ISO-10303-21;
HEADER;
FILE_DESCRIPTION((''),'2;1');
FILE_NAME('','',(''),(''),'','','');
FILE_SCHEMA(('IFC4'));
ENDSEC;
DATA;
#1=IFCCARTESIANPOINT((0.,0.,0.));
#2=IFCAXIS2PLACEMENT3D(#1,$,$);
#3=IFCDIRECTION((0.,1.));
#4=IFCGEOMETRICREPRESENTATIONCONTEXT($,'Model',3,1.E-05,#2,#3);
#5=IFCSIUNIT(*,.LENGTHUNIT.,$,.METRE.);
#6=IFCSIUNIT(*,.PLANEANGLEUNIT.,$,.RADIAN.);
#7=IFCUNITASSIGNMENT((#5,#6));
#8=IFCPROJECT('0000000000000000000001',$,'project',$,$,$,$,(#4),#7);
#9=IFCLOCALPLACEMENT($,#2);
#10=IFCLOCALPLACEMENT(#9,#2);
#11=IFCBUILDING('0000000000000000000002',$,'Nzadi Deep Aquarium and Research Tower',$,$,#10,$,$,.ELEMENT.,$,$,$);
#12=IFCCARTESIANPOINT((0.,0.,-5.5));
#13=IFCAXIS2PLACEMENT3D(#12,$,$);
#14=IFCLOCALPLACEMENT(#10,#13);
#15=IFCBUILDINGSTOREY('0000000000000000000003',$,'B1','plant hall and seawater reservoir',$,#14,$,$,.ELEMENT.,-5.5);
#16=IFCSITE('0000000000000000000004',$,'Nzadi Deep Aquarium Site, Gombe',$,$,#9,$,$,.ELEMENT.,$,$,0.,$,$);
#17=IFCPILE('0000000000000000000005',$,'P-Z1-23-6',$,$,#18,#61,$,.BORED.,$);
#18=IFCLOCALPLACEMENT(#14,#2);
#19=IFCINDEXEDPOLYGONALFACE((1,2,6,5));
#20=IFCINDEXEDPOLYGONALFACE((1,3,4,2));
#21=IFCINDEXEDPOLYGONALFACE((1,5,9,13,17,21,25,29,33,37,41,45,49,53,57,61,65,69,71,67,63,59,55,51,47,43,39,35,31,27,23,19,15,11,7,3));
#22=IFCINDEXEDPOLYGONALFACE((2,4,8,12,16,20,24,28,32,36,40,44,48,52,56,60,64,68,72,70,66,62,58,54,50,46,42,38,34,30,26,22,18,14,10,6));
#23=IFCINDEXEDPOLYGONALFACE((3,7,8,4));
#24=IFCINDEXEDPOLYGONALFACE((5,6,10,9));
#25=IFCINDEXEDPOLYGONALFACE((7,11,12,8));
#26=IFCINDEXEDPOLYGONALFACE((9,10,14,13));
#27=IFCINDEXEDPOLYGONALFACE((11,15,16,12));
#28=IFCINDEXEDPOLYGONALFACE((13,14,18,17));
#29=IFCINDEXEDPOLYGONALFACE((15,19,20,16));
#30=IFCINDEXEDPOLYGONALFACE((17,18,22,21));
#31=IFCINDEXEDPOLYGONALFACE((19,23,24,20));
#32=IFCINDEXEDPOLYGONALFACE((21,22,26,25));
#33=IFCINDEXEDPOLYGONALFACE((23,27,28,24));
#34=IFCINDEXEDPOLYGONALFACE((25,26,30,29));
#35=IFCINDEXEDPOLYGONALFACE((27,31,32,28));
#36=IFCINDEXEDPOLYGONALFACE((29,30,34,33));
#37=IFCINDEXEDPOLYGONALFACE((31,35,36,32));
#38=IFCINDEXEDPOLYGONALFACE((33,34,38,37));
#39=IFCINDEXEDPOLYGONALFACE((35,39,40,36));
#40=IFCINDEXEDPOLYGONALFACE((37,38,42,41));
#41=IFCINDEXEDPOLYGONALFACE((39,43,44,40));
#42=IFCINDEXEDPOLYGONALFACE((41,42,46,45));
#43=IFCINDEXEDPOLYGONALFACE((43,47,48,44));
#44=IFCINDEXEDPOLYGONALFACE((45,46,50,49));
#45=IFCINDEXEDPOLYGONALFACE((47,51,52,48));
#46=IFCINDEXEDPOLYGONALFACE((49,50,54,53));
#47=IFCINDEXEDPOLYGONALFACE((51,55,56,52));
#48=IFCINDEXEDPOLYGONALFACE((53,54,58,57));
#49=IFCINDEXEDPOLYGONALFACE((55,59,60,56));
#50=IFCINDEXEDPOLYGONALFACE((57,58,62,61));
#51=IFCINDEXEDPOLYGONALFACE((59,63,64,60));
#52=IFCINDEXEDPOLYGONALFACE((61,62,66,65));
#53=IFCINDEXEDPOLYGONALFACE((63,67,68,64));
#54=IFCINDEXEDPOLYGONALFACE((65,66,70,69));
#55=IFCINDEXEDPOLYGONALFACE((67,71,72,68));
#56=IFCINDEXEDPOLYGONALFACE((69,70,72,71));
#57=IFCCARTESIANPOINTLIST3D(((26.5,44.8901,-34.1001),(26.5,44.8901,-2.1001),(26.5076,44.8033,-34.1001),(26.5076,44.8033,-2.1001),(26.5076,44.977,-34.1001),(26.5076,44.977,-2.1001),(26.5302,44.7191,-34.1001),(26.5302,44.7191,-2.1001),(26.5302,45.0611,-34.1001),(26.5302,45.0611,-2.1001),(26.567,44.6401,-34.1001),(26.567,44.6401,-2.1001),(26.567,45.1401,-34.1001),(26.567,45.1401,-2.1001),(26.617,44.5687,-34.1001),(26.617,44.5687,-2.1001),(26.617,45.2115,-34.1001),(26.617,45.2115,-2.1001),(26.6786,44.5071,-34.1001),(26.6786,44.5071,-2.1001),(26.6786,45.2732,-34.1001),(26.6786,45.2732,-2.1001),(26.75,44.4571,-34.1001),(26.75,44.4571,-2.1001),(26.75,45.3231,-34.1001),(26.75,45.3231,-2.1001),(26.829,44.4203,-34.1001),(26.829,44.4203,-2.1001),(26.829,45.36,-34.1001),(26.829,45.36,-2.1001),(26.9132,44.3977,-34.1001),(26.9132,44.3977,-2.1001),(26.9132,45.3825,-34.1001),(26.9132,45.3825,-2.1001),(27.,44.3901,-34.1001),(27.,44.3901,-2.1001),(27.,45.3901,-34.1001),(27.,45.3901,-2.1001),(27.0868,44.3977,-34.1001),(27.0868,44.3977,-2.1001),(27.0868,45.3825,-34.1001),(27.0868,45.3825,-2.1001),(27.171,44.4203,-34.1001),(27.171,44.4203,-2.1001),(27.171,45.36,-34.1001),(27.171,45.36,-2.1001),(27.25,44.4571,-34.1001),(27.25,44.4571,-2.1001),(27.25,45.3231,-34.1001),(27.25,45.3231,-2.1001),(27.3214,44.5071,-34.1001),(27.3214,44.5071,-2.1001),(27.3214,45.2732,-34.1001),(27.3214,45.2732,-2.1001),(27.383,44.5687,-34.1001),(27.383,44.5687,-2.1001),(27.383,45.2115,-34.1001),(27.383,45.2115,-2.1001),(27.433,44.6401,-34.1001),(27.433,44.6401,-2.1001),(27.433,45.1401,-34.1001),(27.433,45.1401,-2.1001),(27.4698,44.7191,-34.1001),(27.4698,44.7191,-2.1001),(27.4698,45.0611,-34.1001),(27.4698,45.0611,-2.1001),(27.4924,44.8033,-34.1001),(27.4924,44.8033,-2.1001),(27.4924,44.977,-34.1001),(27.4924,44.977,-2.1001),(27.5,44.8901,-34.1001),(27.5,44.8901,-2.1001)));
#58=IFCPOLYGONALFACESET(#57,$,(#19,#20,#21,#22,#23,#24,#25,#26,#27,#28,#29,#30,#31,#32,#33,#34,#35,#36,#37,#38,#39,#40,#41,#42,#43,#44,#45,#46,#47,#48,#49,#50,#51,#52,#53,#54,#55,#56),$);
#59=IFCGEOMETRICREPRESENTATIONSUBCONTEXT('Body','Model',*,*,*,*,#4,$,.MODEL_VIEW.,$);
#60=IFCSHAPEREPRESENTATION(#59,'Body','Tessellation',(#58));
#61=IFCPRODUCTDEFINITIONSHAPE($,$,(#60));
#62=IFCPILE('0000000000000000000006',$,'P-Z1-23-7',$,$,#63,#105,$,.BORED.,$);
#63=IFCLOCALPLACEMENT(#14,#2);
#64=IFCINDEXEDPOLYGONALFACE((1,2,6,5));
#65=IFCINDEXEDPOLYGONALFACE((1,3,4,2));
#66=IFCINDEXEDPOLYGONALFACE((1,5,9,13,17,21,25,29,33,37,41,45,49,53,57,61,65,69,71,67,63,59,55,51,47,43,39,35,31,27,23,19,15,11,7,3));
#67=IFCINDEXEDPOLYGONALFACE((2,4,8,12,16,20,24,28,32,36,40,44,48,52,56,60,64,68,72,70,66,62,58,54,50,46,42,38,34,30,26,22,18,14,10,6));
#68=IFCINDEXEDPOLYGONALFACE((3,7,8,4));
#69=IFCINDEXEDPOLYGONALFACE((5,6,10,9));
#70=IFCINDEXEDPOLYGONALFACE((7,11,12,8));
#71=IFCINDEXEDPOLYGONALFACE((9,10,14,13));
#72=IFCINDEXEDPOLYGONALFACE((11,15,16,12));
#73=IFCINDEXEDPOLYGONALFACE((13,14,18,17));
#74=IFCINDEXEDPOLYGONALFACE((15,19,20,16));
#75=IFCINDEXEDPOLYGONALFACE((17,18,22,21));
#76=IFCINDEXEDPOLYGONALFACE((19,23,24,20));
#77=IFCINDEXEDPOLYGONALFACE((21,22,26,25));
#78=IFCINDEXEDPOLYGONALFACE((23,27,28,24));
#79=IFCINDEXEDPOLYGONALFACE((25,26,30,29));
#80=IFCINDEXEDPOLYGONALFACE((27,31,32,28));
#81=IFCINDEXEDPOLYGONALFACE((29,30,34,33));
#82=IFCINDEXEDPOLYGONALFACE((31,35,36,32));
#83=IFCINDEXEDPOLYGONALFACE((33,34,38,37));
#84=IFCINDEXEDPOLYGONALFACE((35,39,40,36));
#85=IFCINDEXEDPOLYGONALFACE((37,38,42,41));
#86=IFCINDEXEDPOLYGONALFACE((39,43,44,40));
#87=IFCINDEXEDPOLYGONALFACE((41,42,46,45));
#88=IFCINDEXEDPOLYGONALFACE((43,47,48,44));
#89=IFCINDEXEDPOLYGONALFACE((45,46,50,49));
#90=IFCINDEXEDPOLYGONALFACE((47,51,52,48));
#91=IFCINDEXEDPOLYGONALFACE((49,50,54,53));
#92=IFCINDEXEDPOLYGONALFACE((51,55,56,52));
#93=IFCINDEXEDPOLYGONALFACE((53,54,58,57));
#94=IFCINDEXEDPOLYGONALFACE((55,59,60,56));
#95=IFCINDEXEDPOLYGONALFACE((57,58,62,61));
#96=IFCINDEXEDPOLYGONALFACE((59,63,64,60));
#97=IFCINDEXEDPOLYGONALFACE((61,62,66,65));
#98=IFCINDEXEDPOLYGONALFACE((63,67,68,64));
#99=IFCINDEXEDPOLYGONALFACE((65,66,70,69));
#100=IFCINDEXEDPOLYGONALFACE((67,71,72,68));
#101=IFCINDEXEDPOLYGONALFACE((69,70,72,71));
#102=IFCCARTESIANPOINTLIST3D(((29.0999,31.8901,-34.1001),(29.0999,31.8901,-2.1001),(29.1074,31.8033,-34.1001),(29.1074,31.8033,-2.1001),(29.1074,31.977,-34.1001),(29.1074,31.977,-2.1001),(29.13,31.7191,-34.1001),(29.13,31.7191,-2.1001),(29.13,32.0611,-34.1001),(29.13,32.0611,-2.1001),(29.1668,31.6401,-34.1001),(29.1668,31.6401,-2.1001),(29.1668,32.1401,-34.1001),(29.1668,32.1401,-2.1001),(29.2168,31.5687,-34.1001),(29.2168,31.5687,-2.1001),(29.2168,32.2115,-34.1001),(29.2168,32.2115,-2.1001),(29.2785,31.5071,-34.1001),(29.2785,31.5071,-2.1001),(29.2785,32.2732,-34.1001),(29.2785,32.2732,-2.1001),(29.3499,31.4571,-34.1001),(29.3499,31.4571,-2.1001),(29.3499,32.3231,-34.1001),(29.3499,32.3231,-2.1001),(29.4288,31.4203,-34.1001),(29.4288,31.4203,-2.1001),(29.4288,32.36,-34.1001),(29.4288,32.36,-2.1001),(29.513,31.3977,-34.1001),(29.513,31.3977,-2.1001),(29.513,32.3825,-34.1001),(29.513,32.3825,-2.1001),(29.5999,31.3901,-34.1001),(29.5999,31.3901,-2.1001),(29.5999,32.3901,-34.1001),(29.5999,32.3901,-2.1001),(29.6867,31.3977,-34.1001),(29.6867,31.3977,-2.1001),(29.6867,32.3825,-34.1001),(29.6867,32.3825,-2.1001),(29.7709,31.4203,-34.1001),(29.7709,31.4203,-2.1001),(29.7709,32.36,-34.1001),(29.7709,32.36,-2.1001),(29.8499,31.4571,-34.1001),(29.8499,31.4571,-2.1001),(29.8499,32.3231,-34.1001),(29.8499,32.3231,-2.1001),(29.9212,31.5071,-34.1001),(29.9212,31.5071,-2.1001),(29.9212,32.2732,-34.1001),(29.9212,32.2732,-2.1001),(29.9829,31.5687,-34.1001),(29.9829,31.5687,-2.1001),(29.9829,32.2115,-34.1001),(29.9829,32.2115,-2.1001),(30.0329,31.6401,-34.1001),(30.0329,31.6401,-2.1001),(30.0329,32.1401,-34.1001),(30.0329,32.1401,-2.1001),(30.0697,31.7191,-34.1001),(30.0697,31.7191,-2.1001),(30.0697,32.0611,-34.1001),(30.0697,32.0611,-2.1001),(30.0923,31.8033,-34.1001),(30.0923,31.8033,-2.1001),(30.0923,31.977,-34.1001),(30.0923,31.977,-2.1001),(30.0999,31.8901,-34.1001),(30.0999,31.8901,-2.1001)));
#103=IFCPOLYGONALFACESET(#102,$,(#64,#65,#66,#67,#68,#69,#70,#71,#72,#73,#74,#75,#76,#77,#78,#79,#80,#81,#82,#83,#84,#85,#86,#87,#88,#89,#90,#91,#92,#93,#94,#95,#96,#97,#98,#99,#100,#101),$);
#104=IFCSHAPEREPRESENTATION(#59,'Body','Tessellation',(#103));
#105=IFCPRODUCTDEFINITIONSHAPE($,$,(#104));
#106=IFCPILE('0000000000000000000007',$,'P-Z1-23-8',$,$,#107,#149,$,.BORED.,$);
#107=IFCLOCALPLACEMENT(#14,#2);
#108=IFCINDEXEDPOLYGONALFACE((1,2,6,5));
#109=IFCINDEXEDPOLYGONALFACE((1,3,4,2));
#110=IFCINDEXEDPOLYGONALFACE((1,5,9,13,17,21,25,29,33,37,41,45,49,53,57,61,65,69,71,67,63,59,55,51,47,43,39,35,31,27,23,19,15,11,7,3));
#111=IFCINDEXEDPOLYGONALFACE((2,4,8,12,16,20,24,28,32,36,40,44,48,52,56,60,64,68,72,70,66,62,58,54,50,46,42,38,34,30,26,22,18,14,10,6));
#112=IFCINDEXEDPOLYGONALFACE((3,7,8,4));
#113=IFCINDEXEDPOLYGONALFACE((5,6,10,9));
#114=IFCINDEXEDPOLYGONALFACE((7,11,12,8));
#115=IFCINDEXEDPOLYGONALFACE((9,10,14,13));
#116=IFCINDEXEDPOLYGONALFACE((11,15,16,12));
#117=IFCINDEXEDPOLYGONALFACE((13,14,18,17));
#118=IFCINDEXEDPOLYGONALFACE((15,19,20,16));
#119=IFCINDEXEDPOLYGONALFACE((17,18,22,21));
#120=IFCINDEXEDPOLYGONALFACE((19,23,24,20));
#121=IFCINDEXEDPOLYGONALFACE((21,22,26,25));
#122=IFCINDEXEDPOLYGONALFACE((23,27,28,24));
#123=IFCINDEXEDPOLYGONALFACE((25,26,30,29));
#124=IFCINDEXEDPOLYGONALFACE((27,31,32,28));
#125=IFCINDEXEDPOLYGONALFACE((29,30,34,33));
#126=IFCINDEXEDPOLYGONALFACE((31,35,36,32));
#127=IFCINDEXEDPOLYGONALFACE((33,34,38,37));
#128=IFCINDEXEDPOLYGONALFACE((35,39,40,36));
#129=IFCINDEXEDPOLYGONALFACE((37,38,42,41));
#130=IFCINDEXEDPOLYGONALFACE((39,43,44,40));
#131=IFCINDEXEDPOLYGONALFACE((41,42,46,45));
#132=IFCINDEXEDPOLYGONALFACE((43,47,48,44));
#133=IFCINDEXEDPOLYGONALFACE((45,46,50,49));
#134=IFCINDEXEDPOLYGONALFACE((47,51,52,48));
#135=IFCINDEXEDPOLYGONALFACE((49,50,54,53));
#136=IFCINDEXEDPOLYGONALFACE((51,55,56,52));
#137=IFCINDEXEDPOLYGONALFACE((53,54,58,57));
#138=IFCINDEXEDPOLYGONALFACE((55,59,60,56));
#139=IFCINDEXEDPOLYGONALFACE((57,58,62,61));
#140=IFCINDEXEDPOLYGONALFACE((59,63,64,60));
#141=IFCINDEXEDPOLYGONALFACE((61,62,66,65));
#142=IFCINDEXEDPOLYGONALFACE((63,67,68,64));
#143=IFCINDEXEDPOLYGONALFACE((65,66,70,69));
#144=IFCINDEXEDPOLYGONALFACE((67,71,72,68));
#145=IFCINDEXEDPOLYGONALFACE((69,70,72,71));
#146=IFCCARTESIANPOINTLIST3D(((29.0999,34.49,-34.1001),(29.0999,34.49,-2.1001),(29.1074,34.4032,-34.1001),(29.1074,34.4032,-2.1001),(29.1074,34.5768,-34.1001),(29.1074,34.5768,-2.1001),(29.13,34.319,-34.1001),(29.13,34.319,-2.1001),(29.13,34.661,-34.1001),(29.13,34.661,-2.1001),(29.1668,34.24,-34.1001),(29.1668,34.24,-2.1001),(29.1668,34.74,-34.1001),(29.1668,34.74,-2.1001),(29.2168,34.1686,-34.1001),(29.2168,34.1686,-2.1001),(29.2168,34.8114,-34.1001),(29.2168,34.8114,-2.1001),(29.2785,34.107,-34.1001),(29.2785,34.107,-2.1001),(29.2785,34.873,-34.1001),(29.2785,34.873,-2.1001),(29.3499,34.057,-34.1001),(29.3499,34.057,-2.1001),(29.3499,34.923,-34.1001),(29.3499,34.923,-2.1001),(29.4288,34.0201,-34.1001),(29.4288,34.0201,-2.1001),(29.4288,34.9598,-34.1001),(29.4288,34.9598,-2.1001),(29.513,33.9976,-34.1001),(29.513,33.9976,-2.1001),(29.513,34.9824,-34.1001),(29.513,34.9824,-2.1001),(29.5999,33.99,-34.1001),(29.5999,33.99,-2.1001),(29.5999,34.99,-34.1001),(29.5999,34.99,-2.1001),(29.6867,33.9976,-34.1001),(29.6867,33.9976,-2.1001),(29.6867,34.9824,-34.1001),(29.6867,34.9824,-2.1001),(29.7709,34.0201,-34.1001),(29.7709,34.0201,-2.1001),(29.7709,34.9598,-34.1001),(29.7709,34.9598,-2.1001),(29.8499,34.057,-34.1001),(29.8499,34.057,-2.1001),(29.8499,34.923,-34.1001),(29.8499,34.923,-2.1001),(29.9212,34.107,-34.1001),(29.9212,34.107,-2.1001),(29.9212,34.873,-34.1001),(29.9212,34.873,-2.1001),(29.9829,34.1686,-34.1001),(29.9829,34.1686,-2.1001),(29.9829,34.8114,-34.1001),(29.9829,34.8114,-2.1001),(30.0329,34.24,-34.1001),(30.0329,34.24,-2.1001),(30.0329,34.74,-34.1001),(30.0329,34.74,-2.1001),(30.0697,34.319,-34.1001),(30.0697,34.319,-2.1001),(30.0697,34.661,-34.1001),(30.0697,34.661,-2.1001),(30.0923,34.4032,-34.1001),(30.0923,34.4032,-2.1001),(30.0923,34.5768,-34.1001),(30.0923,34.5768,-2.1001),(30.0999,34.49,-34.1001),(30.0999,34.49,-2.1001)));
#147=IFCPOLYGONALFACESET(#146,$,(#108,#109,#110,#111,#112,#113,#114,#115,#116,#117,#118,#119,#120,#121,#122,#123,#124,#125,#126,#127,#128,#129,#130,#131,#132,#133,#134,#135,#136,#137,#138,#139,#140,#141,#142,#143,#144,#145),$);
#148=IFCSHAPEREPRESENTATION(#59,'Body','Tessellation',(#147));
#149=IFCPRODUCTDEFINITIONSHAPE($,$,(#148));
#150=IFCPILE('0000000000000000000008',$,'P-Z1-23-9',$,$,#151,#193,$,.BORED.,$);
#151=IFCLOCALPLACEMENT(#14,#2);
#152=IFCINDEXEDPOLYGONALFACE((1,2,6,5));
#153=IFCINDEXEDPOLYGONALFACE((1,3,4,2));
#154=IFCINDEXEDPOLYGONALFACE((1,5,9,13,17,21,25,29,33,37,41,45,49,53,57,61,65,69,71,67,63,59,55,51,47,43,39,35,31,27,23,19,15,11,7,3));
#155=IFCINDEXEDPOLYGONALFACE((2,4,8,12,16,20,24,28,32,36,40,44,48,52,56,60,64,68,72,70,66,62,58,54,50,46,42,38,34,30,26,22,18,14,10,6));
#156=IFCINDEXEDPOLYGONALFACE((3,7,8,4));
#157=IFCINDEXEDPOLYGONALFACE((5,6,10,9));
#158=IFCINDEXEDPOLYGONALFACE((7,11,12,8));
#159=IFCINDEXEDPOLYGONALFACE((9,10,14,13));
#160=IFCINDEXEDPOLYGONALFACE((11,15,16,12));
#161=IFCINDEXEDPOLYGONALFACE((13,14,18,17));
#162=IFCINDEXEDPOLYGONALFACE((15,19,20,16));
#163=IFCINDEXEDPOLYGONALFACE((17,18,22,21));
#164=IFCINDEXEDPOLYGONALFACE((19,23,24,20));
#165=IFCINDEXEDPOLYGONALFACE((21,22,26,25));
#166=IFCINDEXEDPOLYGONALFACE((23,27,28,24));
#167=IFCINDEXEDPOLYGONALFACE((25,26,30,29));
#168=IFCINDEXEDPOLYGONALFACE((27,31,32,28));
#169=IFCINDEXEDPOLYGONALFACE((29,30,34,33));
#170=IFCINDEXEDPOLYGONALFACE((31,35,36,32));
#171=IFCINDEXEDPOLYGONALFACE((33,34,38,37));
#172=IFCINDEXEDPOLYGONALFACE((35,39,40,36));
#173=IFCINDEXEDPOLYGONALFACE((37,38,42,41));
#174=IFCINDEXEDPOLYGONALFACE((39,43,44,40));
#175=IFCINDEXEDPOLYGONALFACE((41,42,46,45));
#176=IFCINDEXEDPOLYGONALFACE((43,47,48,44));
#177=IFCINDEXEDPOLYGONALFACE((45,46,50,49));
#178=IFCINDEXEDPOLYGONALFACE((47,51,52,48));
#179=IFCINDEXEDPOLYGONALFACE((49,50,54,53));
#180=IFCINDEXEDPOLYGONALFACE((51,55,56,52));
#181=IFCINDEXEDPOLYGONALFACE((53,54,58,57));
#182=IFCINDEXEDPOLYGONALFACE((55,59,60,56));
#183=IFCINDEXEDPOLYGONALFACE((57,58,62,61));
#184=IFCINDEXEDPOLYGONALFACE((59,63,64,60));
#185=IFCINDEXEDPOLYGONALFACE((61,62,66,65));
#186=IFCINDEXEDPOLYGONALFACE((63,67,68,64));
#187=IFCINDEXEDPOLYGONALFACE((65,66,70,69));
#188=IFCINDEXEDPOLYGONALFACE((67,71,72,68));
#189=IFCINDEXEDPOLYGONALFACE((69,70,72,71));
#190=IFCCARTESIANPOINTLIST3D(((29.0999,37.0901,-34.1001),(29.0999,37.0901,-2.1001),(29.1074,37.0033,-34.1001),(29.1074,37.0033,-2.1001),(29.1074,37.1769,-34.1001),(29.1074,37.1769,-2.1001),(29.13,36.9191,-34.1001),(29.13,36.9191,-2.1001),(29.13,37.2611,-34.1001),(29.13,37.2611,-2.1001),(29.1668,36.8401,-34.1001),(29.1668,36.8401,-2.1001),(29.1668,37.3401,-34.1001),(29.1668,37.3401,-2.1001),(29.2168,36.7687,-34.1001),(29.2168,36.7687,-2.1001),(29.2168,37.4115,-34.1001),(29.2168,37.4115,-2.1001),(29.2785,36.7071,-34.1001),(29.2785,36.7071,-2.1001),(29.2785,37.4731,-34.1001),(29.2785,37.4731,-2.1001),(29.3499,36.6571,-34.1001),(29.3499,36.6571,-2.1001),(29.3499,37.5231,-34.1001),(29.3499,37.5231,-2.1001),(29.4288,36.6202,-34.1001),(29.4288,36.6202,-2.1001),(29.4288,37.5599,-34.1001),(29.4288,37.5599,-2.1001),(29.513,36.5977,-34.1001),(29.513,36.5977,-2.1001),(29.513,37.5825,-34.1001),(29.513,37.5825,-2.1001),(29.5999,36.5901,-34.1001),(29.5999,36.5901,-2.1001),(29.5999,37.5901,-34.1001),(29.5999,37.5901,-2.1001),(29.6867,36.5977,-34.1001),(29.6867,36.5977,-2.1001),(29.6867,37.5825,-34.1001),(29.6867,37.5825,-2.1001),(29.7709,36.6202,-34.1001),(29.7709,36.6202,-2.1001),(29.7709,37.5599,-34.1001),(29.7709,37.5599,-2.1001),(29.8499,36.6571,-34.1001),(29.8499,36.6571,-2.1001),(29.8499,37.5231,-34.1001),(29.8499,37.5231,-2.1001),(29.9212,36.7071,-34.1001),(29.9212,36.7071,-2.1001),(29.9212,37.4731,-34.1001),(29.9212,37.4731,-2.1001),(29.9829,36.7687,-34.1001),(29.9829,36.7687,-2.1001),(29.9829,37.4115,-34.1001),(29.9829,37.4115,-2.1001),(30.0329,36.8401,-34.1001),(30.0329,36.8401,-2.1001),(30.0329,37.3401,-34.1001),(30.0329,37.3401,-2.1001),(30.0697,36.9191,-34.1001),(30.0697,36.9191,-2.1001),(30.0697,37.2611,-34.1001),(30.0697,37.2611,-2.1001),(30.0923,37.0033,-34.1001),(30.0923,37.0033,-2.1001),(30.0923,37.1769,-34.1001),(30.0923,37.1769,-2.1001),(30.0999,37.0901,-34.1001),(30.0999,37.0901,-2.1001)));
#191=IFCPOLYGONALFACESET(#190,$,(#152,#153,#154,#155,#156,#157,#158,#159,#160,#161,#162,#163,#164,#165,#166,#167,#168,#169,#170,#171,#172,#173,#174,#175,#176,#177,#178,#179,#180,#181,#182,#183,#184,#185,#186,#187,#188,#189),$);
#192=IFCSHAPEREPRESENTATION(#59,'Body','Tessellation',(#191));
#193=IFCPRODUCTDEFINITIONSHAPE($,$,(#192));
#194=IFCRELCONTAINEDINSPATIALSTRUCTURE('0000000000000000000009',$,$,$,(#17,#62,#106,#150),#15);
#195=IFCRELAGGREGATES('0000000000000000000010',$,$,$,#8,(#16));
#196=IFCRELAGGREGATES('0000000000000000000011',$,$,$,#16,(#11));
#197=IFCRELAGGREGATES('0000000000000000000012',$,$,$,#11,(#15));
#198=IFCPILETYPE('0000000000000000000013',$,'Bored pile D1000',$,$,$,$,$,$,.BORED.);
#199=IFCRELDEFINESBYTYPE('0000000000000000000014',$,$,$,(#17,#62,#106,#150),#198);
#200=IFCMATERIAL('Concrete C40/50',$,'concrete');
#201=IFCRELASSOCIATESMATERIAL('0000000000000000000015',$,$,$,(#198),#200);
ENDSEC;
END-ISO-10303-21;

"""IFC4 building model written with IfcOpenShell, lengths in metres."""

from ifc_helpers import new_model, si_unit, direction, frame, origin, origin_2d, place, context, subcontext, project, spatial, circle, extrude, material, material_profile, profile_set, type_object, element, save


model = new_model("IFC4")

# Units and contexts
model_context = context("Model", 3, precision=1e-05, world=origin(), true_north=direction((0.0, 1.0)))
body_context = subcontext(model_context, "Body", "Model", "MODEL_VIEW")
ifc_project = project(units=[si_unit("LENGTHUNIT", "METRE"), si_unit("PLANEANGLEUNIT", "RADIAN")], contexts=[model_context])

# Site, building, storey
site_placement = place(None, origin())
site = spatial("IfcSite", under=ifc_project, at=site_placement, Name="Nzadi Deep Aquarium Site, Gombe", CompositionType="ELEMENT", RefElevation=0.0)
building_placement = place(site_placement, origin())
building = spatial("IfcBuilding", under=site, at=building_placement, Name="Nzadi Deep Aquarium and Research Tower", CompositionType="ELEMENT")
storey_placement = place(building_placement, frame((0.0, 0.0, -5.5)))
storey = spatial("IfcBuildingStorey", under=building, at=storey_placement, Name="B1", Description="plant hall and seawater reservoir", CompositionType="ELEMENT", Elevation=-5.5)

# Piles
ifc_material_1 = material(Name="Concrete C40/50", Category="concrete")
ifc_material_profile_1 = material_profile(ifc_material_1, circle(Radius=0.5, at=origin_2d()))
ifc_profile_set_1 = profile_set([ifc_material_profile_1], Name="Concrete C40/50")
pile_type = type_object("IfcPileType", Name="Bored pile D1000", PredefinedType="BORED", material=ifc_profile_set_1)
for number, where, z_axis, x_axis, name in (
    (1, (27.0, 44.8901, -2.1001), (0.0, 0.0, -1.0), (1.0, 0.0, 0.0), "P-Z1-23-6"),
    (2, (29.5999, 31.8901, -2.1001), (0.0, 0.0, -1.0), (1.0, 0.0, 0.0), "P-Z1-23-7"),
    (3, (29.5999, 34.49, -2.1001), (0.0, 0.0, -1.0), (1.0, 0.0, 0.0), "P-Z1-23-8"),
    (4, (29.5999, 37.0901, -2.1001), (0.0, 0.0, -1.0), (1.0, 0.0, 0.0), "P-Z1-23-9"),
):
    element("IfcPile", number, at=place(storey_placement, frame(where, z_axis=z_axis, x_axis=x_axis)), inside=storey, type_object=pile_type, Name=name, PredefinedType="BORED", context=body_context, shape_type="SweptSolid", body=[
        extrude(circle(Radius=0.5, at=origin_2d()), origin(), (0.0, 0.0, 1.0), 32.0),
    ])

save(model, "model.ifc")
